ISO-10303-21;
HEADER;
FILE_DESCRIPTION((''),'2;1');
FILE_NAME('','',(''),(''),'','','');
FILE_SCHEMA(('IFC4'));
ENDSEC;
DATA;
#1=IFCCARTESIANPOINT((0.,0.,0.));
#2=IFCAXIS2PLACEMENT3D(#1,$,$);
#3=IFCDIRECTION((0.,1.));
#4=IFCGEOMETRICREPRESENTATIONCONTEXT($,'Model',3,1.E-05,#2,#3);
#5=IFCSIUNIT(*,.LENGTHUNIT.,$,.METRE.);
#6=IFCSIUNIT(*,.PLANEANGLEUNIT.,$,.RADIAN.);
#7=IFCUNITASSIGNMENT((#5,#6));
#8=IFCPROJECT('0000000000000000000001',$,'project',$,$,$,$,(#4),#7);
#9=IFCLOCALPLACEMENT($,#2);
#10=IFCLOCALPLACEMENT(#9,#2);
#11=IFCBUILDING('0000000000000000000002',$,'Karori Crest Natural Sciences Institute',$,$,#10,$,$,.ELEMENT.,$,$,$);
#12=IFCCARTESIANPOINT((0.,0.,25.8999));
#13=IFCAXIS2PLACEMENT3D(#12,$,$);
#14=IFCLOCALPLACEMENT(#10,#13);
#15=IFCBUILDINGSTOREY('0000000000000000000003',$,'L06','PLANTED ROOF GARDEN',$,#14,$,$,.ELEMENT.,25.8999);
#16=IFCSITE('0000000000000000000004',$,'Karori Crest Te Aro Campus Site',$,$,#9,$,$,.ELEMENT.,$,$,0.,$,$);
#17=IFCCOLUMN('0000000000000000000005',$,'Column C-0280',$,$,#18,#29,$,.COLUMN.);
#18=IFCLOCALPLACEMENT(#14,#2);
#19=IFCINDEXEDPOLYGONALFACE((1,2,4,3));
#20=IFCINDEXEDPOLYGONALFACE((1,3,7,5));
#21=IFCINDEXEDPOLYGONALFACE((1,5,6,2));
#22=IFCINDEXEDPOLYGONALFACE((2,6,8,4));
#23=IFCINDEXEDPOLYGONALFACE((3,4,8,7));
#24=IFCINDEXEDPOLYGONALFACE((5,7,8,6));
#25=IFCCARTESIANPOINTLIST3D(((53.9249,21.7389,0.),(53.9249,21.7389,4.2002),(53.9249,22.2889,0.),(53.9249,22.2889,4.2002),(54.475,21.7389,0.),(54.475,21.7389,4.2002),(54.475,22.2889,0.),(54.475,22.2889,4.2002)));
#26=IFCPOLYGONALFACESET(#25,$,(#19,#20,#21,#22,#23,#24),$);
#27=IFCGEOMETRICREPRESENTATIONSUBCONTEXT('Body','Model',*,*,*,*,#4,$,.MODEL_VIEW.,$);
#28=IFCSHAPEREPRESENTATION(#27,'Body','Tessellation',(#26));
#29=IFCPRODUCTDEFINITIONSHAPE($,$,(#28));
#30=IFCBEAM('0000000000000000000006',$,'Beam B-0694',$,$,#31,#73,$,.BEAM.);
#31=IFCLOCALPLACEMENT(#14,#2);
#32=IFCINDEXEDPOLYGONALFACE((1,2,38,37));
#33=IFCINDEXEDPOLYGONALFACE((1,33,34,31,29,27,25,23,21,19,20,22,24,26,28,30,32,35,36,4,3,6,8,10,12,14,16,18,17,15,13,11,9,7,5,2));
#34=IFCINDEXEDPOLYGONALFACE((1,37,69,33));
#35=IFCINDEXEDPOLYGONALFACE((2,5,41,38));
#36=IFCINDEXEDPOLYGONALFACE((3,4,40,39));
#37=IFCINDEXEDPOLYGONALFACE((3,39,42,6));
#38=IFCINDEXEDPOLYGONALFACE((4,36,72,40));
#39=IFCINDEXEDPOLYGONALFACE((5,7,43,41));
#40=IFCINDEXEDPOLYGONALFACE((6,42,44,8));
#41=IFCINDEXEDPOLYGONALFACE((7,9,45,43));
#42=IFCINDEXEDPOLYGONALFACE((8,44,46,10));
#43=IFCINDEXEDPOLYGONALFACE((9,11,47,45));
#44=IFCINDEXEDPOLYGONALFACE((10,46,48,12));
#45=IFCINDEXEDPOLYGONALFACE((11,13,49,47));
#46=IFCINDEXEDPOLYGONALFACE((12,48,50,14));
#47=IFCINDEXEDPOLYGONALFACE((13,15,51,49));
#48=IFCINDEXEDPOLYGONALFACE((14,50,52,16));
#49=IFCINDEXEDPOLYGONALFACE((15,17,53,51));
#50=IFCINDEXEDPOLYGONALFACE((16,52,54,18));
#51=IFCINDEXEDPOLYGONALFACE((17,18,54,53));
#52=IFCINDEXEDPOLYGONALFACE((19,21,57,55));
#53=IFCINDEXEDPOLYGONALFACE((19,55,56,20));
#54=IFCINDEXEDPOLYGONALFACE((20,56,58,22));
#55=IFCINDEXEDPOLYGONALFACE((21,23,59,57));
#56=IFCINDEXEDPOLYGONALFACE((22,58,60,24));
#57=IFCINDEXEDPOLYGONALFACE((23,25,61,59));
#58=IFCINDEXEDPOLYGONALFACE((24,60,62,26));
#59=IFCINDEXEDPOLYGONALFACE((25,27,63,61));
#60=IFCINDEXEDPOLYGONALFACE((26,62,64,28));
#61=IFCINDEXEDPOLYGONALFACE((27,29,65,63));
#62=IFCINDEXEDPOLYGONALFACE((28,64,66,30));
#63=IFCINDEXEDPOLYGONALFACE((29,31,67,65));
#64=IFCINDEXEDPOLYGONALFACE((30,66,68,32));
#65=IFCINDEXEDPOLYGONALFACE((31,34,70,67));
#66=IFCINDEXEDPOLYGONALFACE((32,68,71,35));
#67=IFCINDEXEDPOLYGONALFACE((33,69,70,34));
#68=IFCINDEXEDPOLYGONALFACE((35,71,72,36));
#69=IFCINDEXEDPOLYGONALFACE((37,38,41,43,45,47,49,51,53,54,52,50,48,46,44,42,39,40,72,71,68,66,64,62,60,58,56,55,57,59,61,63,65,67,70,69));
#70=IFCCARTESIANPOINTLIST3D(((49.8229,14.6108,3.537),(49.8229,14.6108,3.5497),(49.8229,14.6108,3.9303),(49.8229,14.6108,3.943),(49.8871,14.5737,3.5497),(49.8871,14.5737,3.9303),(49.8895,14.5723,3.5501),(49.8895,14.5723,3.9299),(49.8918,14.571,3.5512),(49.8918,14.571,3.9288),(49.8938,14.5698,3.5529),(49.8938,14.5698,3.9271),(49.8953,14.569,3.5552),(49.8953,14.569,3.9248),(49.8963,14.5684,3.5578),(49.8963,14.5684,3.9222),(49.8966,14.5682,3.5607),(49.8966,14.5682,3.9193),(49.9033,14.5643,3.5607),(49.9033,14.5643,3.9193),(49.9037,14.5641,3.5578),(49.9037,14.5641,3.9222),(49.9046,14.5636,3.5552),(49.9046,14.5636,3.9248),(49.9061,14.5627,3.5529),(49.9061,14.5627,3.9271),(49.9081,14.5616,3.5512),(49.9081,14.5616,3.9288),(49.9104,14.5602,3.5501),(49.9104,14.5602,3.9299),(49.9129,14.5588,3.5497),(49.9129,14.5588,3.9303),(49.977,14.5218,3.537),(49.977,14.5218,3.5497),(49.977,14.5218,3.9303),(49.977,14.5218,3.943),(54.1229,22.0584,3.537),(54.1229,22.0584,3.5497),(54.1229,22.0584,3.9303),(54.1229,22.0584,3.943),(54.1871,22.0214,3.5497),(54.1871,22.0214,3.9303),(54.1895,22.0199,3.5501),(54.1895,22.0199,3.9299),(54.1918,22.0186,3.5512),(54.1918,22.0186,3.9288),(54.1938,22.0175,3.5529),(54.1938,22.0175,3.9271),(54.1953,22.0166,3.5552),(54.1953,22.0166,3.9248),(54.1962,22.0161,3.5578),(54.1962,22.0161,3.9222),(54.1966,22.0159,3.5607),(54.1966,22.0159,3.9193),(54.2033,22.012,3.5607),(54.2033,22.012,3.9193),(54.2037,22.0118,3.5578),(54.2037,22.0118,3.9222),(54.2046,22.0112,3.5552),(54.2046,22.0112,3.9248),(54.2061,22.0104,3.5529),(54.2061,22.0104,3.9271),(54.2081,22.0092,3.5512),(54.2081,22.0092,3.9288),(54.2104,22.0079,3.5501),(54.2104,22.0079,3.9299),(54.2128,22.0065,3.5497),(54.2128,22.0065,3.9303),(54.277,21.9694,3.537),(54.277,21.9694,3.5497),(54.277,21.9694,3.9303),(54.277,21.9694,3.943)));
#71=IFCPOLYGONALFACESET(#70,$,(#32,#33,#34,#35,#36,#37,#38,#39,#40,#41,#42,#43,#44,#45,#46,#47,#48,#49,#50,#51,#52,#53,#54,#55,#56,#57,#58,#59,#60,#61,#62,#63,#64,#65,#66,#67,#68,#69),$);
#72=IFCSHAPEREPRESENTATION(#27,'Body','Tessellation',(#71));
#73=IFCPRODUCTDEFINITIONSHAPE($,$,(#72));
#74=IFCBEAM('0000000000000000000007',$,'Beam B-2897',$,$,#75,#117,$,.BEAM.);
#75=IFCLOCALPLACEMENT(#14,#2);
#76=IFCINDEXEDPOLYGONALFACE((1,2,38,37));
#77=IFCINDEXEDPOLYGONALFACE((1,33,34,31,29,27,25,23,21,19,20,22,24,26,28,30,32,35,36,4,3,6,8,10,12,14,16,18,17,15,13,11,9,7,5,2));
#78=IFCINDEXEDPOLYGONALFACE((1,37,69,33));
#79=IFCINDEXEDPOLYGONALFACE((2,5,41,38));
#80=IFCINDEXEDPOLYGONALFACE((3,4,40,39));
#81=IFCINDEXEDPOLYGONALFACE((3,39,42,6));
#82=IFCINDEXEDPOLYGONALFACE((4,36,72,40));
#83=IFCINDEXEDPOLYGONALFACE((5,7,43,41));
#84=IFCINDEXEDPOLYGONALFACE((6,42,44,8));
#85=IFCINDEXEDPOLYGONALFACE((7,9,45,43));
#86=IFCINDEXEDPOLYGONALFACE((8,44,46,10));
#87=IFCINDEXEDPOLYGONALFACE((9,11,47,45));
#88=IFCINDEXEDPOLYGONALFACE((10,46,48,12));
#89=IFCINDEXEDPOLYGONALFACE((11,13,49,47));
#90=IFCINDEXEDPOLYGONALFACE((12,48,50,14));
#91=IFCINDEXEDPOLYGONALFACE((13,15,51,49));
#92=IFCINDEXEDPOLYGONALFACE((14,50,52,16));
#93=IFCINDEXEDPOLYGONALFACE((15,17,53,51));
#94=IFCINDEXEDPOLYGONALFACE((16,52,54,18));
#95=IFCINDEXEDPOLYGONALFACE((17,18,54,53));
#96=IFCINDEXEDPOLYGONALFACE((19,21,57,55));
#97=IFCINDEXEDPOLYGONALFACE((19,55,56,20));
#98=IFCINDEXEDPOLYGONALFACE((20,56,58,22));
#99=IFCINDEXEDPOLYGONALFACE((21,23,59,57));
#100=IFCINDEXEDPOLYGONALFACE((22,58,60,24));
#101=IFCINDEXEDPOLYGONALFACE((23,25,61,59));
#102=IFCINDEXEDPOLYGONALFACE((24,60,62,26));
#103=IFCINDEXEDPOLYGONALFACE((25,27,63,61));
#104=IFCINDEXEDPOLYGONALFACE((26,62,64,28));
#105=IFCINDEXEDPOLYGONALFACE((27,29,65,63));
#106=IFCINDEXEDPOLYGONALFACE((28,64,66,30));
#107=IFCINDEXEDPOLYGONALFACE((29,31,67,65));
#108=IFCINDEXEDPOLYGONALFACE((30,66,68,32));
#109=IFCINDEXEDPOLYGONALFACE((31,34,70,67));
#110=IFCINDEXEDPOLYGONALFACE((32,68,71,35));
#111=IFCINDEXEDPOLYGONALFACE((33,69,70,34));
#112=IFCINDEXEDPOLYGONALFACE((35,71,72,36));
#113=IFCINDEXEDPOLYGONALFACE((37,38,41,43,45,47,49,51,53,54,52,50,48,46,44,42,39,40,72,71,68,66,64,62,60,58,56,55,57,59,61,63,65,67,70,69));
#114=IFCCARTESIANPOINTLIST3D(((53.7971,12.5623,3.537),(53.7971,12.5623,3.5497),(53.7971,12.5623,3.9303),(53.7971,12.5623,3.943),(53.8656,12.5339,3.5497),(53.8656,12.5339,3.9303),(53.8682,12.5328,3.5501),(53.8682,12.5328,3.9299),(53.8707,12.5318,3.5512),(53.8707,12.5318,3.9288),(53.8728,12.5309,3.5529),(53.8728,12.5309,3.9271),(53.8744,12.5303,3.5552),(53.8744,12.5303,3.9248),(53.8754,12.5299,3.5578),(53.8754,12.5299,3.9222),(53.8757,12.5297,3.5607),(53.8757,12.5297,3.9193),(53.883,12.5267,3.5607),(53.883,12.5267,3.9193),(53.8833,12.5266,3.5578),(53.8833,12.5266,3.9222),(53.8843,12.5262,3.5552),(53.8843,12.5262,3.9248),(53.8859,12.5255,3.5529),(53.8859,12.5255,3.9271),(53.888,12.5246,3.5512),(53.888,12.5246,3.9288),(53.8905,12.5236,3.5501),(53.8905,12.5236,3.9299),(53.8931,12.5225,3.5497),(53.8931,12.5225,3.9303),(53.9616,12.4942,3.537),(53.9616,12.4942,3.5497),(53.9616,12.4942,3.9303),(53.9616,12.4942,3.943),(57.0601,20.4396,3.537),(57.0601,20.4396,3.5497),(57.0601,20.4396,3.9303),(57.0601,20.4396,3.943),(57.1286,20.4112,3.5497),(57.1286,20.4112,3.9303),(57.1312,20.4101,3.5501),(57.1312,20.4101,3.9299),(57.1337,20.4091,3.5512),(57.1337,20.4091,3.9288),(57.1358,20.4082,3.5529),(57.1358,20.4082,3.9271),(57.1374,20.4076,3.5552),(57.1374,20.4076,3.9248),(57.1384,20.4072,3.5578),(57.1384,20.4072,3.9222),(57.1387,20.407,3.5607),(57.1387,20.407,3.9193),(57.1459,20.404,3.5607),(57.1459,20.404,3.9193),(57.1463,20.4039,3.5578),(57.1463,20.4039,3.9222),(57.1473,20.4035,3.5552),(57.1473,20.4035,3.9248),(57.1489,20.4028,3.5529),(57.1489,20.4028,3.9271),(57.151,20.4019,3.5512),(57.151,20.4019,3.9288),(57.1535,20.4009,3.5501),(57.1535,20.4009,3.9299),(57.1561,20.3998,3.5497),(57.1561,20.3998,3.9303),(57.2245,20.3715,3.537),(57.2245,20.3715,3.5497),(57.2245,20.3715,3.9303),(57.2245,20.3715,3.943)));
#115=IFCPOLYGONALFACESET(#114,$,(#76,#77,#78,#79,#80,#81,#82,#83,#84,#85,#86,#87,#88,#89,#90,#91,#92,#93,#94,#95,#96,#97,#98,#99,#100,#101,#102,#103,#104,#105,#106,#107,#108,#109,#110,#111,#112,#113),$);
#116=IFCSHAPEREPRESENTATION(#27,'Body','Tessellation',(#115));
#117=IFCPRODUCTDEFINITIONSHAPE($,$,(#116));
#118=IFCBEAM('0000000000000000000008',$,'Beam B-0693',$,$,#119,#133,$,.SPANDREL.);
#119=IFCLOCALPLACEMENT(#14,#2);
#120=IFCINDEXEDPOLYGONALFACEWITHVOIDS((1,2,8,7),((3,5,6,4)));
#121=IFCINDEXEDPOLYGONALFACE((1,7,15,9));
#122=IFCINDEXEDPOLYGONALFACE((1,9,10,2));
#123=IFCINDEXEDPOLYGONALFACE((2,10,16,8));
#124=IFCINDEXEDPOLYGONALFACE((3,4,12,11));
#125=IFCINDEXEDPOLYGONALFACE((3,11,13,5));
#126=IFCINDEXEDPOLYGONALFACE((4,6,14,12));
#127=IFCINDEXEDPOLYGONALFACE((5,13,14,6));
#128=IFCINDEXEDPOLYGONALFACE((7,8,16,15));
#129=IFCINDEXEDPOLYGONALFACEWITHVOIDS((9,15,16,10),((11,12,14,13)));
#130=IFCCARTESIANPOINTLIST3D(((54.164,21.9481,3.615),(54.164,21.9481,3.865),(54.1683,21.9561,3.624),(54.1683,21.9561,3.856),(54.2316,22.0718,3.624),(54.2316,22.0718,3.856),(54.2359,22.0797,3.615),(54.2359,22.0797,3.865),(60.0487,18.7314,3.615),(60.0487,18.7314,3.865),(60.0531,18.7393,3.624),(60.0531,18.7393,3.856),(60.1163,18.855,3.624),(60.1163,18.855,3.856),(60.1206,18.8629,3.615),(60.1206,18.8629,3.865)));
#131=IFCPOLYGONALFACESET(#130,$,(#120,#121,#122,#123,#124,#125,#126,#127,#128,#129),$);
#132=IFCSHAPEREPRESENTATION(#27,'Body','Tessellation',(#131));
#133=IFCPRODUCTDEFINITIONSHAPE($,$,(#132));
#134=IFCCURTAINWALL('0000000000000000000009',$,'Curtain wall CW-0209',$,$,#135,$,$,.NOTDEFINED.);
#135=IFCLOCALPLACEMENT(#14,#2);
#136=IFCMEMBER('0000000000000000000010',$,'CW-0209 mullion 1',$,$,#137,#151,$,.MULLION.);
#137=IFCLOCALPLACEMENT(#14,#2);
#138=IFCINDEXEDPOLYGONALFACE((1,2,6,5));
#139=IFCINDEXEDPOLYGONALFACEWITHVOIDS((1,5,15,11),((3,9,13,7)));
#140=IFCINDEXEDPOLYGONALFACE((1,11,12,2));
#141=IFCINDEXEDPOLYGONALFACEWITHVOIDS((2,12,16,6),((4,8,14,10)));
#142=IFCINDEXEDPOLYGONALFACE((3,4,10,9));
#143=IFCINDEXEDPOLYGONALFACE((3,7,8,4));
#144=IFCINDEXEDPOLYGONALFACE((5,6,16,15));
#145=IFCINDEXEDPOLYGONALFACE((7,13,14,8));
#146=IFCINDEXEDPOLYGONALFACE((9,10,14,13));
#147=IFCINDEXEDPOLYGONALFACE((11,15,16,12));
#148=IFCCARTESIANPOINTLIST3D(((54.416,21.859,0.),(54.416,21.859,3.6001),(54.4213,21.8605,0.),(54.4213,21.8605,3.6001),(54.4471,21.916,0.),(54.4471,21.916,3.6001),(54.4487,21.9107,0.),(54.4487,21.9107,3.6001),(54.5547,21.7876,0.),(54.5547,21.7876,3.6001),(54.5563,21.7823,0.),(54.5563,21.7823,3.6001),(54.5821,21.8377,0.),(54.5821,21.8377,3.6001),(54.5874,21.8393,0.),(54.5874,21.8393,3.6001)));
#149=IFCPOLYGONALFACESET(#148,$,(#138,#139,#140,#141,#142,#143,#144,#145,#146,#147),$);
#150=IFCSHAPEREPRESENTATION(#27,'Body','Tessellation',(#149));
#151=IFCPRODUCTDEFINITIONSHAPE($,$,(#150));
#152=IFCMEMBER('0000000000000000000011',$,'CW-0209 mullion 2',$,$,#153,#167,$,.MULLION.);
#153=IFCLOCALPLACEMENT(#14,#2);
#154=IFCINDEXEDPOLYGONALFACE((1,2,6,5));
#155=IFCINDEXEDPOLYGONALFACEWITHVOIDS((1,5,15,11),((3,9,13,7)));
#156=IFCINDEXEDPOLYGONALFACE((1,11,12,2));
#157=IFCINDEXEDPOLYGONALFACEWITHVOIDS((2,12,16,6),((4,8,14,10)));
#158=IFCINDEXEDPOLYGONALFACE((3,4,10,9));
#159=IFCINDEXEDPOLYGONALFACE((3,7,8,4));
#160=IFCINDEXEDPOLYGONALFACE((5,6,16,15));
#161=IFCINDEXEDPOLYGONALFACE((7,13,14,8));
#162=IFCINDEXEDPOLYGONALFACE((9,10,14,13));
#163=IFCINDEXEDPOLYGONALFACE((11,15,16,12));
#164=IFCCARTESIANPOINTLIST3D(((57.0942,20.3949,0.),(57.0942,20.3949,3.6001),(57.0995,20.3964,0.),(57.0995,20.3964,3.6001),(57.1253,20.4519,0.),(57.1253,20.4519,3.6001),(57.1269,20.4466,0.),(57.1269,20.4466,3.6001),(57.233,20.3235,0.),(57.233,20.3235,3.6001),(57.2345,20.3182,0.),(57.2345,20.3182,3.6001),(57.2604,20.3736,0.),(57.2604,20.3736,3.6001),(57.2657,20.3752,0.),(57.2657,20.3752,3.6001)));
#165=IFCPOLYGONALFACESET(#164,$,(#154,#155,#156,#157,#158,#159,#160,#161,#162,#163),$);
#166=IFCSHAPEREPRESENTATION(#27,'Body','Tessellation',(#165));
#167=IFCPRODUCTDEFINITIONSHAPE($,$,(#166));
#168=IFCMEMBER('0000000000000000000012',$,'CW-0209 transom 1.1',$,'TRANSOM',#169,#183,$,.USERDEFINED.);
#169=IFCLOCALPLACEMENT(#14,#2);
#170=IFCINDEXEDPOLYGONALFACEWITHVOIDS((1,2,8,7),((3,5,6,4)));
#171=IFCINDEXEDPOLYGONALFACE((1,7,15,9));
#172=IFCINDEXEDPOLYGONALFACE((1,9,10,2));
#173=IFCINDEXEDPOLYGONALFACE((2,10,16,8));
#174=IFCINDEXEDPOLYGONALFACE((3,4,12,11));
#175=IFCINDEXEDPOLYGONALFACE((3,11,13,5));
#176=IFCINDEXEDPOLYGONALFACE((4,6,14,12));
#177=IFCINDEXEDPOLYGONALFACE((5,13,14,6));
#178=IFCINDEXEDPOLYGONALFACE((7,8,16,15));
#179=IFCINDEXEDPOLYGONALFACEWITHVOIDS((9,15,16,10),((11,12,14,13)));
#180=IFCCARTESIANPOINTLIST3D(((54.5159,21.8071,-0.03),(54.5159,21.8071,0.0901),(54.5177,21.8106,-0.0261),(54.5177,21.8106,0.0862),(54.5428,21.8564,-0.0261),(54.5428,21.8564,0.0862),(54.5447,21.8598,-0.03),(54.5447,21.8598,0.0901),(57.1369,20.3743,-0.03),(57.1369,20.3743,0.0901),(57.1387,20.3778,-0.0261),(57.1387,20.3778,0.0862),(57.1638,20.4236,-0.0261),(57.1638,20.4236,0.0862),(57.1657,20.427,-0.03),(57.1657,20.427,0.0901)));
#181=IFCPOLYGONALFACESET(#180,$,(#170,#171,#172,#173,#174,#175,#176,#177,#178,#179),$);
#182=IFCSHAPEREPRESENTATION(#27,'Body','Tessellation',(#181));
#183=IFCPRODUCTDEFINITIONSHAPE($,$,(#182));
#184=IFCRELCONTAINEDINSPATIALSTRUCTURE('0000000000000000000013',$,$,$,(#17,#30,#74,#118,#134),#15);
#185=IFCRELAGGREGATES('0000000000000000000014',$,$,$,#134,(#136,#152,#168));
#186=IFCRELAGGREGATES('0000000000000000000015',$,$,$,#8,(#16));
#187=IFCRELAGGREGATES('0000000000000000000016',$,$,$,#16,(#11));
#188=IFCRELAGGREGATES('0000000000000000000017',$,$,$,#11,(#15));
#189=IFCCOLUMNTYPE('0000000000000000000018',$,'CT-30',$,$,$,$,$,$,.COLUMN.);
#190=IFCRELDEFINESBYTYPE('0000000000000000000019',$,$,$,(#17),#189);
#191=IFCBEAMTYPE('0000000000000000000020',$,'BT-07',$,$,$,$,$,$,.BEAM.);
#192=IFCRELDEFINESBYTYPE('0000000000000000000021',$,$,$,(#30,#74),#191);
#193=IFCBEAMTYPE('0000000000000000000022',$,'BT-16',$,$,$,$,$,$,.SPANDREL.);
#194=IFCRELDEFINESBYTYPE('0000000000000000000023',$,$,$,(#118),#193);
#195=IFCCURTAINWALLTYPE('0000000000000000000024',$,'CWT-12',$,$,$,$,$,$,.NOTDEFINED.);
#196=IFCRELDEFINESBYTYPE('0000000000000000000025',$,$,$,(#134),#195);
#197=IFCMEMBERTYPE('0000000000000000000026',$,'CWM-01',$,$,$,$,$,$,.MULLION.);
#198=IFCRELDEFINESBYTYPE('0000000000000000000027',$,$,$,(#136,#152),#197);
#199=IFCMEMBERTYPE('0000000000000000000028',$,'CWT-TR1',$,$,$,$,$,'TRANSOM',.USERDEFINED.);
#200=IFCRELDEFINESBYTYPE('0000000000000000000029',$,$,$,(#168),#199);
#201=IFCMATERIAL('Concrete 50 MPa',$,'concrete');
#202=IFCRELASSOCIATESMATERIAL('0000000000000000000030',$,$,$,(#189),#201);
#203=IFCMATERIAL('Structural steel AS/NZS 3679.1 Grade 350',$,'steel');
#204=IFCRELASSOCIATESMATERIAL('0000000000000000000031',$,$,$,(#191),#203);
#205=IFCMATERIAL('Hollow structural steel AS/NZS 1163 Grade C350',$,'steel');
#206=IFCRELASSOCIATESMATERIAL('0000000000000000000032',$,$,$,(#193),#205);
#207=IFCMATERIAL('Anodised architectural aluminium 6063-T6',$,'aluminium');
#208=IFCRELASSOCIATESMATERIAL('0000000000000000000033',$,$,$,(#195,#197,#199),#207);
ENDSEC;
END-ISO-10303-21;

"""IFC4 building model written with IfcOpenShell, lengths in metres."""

from ifc_helpers import new_model, si_unit, direction, frame, origin, origin_2d, place, context, subcontext, project, spatial, rectangle, hollow_rectangle, i_section, extrude, material, material_profile, profile_set, type_object, element, aggregate, save


model = new_model("IFC4")

# Units and contexts
model_context = context("Model", 3, precision=1e-05, world=origin(), true_north=direction((0.0, 1.0)))
body_context = subcontext(model_context, "Body", "Model", "MODEL_VIEW")
ifc_project = project(units=[si_unit("LENGTHUNIT", "METRE"), si_unit("PLANEANGLEUNIT", "RADIAN")], contexts=[model_context])

# Site, building, storey
site_placement = place(None, origin())
site = spatial("IfcSite", under=ifc_project, at=site_placement, Name="Karori Crest Te Aro Campus Site", CompositionType="ELEMENT", RefElevation=0.0)
building_placement = place(site_placement, origin())
building = spatial("IfcBuilding", under=site, at=building_placement, Name="Karori Crest Natural Sciences Institute", CompositionType="ELEMENT")
storey_placement = place(building_placement, frame((0.0, 0.0, 25.8999)))
storey = spatial("IfcBuildingStorey", under=building, at=storey_placement, Name="L06", Description="PLANTED ROOF GARDEN", CompositionType="ELEMENT", Elevation=25.8999)

# Column
ifc_material_1 = material(Name="Concrete 50 MPa", Category="concrete")
ifc_material_profile_1 = material_profile(ifc_material_1, rectangle(XDim=0.55, YDim=0.55, at=origin_2d()), Name="RC550x550")
ifc_profile_set_1 = profile_set([ifc_material_profile_1], Name="Concrete 50 MPa")
column_type = type_object("IfcColumnType", Name="CT-30", PredefinedType="COLUMN", material=ifc_profile_set_1)
column_placement = place(storey_placement, frame((54.2, 22.0139, 0.0), z_axis=(0.0, 0.0, 1.0), x_axis=(1.0, 0.0, 0.0)))
element("IfcColumn", 1, at=column_placement, inside=storey, type_object=column_type, Name="Column C-0280", PredefinedType="COLUMN", context=body_context, shape_type="SweptSolid", body=[
    extrude(rectangle(XDim=0.55, YDim=0.55, at=origin_2d()), origin(), (0.0, 0.0, 1.0), 4.2002),
])

# Beams
ifc_material_2 = material(Name="Structural steel AS/NZS 3679.1 Grade 350", Category="steel")
ifc_material_profile_2 = material_profile(ifc_material_2, i_section(OverallWidth=0.178, OverallDepth=0.406, WebThickness=0.0078, FlangeThickness=0.0127, FilletRadius=0.011, at=origin_2d()), Name="410UB59.7")
ifc_profile_set_2 = profile_set([ifc_material_profile_2], Name="Structural steel AS/NZS 3679.1 Grade 350")
beam_type_1 = type_object("IfcBeamType", Name="BT-07", PredefinedType="BEAM", material=ifc_profile_set_2)
beam_1_placement = place(storey_placement, frame((54.2, 22.0139, 3.74), z_axis=(-0.500008, -0.866021, 0.0), x_axis=(0.866021, -0.500008, 0.0)))
element("IfcBeam", 2, at=beam_1_placement, inside=storey, type_object=beam_type_1, Name="Beam B-0694", PredefinedType="BEAM", context=body_context, shape_type="SweptSolid", body=[
    extrude(i_section(OverallWidth=0.178, OverallDepth=0.406, WebThickness=0.0078, FlangeThickness=0.0127, FilletRadius=0.011, at=origin_2d()), origin(), (0.0, 0.0, 1.0), 8.5999),
])
beam_2_placement = place(storey_placement, frame((57.1423, 20.4055, 3.74), z_axis=(-0.382693, -0.923875, 0.0), x_axis=(0.923875, -0.382693, 0.0)))
element("IfcBeam", 3, at=beam_2_placement, inside=storey, type_object=beam_type_1, Name="Beam B-2897", PredefinedType="BEAM", context=body_context, shape_type="SweptSolid", body=[
    extrude(i_section(OverallWidth=0.178, OverallDepth=0.406, WebThickness=0.0078, FlangeThickness=0.0127, FilletRadius=0.011, at=origin_2d()), origin(), (0.0, 0.0, 1.0), 8.5264),
])
ifc_material_3 = material(Name="Hollow structural steel AS/NZS 1163 Grade C350", Category="steel")
ifc_material_profile_3 = material_profile(ifc_material_3, hollow_rectangle(XDim=0.1499, YDim=0.25, WallThickness=0.009, at=origin_2d()), Name="RHS250x150x9")
ifc_profile_set_3 = profile_set([ifc_material_profile_3], Name="Hollow structural steel AS/NZS 1163 Grade C350")
beam_type_2 = type_object("IfcBeamType", Name="BT-16", PredefinedType="SPANDREL", material=ifc_profile_set_3)
beam_3_placement = place(storey_placement, frame((54.2, 22.0139, 3.74), z_axis=(0.877461, -0.479648, 0.0), x_axis=(0.479648, 0.877461, 0.0)))
element("IfcBeam", 4, at=beam_3_placement, inside=storey, type_object=beam_type_2, Name="Beam B-0693", PredefinedType="SPANDREL", context=body_context, shape_type="SweptSolid", body=[
    extrude(hollow_rectangle(XDim=0.1499, YDim=0.25, WallThickness=0.009, at=origin_2d()), origin(), (0.0, 0.0, 1.0), 6.7065),
])

# Curtain wall, members
ifc_material_4 = material(Name="Anodised architectural aluminium 6063-T6", Category="aluminium")
curtain_wall_type = type_object("IfcCurtainWallType", Name="CWT-12", PredefinedType="NOTDEFINED", material=ifc_material_4)
curtain_wall_placement = place(storey_placement, origin())
curtain_wall = element("IfcCurtainWall", 5, at=curtain_wall_placement, inside=storey, type_object=curtain_wall_type, Name="Curtain wall CW-0209", PredefinedType="NOTDEFINED")
ifc_material_profile_4 = material_profile(ifc_material_4, hollow_rectangle(XDim=0.0649, YDim=0.1599, WallThickness=0.0039, at=origin_2d()), Name="CWM160x65x4")
ifc_profile_set_4 = profile_set([ifc_material_profile_4], Name="Anodised architectural aluminium 6063-T6")
member_type_1 = type_object("IfcMemberType", Name="CWM-01", PredefinedType="MULLION", material=ifc_profile_set_4)
member_1_placement = place(storey_placement, frame((54.5017, 21.8491, 0.0), z_axis=(0.0, 0.0, 1.0), x_axis=(0.479631, 0.87747, 0.0)))
member_1 = element("IfcMember", 6, at=member_1_placement, type_object=member_type_1, Name="CW-0209 mullion 1", PredefinedType="MULLION", context=body_context, shape_type="SweptSolid", body=[
    extrude(hollow_rectangle(XDim=0.0649, YDim=0.1599, WallThickness=0.0039, at=origin_2d()), origin(), (0.0, 0.0, 1.0), 3.6001),
])
member_2_placement = place(storey_placement, frame((57.1799, 20.385, 0.0), z_axis=(0.0, 0.0, 1.0), x_axis=(0.479631, 0.87747, 0.0)))
member_2 = element("IfcMember", 7, at=member_2_placement, type_object=member_type_1, Name="CW-0209 mullion 2", PredefinedType="MULLION", context=body_context, shape_type="SweptSolid", body=[
    extrude(hollow_rectangle(XDim=0.0649, YDim=0.1599, WallThickness=0.0039, at=origin_2d()), origin(), (0.0, 0.0, 1.0), 3.6001),
])
ifc_material_profile_5 = material_profile(ifc_material_4, hollow_rectangle(XDim=0.0601, YDim=0.1201, WallThickness=0.0039, at=origin_2d()), Name="CWT120x60x4")
ifc_profile_set_5 = profile_set([ifc_material_profile_5], Name="Anodised architectural aluminium 6063-T6")
member_type_2 = type_object("IfcMemberType", Name="CWT-TR1", ElementType="TRANSOM", PredefinedType="USERDEFINED", material=ifc_profile_set_5)
member_3_placement = place(storey_placement, frame((54.5303, 21.8335, 0.03), z_axis=(0.877449, -0.479671, 0.0), x_axis=(0.479671, 0.877449, 0.0)))
member_3 = element("IfcMember", 8, at=member_3_placement, type_object=member_type_2, Name="CW-0209 transom 1.1", ObjectType="TRANSOM", PredefinedType="USERDEFINED", context=body_context, shape_type="SweptSolid", body=[
    extrude(hollow_rectangle(XDim=0.0601, YDim=0.1201, WallThickness=0.0039, at=origin_2d()), origin(), (0.0, 0.0, 1.0), 2.9871),
])

aggregate(curtain_wall, [member_1, member_2, member_3])

save(model, "model.ifc")
